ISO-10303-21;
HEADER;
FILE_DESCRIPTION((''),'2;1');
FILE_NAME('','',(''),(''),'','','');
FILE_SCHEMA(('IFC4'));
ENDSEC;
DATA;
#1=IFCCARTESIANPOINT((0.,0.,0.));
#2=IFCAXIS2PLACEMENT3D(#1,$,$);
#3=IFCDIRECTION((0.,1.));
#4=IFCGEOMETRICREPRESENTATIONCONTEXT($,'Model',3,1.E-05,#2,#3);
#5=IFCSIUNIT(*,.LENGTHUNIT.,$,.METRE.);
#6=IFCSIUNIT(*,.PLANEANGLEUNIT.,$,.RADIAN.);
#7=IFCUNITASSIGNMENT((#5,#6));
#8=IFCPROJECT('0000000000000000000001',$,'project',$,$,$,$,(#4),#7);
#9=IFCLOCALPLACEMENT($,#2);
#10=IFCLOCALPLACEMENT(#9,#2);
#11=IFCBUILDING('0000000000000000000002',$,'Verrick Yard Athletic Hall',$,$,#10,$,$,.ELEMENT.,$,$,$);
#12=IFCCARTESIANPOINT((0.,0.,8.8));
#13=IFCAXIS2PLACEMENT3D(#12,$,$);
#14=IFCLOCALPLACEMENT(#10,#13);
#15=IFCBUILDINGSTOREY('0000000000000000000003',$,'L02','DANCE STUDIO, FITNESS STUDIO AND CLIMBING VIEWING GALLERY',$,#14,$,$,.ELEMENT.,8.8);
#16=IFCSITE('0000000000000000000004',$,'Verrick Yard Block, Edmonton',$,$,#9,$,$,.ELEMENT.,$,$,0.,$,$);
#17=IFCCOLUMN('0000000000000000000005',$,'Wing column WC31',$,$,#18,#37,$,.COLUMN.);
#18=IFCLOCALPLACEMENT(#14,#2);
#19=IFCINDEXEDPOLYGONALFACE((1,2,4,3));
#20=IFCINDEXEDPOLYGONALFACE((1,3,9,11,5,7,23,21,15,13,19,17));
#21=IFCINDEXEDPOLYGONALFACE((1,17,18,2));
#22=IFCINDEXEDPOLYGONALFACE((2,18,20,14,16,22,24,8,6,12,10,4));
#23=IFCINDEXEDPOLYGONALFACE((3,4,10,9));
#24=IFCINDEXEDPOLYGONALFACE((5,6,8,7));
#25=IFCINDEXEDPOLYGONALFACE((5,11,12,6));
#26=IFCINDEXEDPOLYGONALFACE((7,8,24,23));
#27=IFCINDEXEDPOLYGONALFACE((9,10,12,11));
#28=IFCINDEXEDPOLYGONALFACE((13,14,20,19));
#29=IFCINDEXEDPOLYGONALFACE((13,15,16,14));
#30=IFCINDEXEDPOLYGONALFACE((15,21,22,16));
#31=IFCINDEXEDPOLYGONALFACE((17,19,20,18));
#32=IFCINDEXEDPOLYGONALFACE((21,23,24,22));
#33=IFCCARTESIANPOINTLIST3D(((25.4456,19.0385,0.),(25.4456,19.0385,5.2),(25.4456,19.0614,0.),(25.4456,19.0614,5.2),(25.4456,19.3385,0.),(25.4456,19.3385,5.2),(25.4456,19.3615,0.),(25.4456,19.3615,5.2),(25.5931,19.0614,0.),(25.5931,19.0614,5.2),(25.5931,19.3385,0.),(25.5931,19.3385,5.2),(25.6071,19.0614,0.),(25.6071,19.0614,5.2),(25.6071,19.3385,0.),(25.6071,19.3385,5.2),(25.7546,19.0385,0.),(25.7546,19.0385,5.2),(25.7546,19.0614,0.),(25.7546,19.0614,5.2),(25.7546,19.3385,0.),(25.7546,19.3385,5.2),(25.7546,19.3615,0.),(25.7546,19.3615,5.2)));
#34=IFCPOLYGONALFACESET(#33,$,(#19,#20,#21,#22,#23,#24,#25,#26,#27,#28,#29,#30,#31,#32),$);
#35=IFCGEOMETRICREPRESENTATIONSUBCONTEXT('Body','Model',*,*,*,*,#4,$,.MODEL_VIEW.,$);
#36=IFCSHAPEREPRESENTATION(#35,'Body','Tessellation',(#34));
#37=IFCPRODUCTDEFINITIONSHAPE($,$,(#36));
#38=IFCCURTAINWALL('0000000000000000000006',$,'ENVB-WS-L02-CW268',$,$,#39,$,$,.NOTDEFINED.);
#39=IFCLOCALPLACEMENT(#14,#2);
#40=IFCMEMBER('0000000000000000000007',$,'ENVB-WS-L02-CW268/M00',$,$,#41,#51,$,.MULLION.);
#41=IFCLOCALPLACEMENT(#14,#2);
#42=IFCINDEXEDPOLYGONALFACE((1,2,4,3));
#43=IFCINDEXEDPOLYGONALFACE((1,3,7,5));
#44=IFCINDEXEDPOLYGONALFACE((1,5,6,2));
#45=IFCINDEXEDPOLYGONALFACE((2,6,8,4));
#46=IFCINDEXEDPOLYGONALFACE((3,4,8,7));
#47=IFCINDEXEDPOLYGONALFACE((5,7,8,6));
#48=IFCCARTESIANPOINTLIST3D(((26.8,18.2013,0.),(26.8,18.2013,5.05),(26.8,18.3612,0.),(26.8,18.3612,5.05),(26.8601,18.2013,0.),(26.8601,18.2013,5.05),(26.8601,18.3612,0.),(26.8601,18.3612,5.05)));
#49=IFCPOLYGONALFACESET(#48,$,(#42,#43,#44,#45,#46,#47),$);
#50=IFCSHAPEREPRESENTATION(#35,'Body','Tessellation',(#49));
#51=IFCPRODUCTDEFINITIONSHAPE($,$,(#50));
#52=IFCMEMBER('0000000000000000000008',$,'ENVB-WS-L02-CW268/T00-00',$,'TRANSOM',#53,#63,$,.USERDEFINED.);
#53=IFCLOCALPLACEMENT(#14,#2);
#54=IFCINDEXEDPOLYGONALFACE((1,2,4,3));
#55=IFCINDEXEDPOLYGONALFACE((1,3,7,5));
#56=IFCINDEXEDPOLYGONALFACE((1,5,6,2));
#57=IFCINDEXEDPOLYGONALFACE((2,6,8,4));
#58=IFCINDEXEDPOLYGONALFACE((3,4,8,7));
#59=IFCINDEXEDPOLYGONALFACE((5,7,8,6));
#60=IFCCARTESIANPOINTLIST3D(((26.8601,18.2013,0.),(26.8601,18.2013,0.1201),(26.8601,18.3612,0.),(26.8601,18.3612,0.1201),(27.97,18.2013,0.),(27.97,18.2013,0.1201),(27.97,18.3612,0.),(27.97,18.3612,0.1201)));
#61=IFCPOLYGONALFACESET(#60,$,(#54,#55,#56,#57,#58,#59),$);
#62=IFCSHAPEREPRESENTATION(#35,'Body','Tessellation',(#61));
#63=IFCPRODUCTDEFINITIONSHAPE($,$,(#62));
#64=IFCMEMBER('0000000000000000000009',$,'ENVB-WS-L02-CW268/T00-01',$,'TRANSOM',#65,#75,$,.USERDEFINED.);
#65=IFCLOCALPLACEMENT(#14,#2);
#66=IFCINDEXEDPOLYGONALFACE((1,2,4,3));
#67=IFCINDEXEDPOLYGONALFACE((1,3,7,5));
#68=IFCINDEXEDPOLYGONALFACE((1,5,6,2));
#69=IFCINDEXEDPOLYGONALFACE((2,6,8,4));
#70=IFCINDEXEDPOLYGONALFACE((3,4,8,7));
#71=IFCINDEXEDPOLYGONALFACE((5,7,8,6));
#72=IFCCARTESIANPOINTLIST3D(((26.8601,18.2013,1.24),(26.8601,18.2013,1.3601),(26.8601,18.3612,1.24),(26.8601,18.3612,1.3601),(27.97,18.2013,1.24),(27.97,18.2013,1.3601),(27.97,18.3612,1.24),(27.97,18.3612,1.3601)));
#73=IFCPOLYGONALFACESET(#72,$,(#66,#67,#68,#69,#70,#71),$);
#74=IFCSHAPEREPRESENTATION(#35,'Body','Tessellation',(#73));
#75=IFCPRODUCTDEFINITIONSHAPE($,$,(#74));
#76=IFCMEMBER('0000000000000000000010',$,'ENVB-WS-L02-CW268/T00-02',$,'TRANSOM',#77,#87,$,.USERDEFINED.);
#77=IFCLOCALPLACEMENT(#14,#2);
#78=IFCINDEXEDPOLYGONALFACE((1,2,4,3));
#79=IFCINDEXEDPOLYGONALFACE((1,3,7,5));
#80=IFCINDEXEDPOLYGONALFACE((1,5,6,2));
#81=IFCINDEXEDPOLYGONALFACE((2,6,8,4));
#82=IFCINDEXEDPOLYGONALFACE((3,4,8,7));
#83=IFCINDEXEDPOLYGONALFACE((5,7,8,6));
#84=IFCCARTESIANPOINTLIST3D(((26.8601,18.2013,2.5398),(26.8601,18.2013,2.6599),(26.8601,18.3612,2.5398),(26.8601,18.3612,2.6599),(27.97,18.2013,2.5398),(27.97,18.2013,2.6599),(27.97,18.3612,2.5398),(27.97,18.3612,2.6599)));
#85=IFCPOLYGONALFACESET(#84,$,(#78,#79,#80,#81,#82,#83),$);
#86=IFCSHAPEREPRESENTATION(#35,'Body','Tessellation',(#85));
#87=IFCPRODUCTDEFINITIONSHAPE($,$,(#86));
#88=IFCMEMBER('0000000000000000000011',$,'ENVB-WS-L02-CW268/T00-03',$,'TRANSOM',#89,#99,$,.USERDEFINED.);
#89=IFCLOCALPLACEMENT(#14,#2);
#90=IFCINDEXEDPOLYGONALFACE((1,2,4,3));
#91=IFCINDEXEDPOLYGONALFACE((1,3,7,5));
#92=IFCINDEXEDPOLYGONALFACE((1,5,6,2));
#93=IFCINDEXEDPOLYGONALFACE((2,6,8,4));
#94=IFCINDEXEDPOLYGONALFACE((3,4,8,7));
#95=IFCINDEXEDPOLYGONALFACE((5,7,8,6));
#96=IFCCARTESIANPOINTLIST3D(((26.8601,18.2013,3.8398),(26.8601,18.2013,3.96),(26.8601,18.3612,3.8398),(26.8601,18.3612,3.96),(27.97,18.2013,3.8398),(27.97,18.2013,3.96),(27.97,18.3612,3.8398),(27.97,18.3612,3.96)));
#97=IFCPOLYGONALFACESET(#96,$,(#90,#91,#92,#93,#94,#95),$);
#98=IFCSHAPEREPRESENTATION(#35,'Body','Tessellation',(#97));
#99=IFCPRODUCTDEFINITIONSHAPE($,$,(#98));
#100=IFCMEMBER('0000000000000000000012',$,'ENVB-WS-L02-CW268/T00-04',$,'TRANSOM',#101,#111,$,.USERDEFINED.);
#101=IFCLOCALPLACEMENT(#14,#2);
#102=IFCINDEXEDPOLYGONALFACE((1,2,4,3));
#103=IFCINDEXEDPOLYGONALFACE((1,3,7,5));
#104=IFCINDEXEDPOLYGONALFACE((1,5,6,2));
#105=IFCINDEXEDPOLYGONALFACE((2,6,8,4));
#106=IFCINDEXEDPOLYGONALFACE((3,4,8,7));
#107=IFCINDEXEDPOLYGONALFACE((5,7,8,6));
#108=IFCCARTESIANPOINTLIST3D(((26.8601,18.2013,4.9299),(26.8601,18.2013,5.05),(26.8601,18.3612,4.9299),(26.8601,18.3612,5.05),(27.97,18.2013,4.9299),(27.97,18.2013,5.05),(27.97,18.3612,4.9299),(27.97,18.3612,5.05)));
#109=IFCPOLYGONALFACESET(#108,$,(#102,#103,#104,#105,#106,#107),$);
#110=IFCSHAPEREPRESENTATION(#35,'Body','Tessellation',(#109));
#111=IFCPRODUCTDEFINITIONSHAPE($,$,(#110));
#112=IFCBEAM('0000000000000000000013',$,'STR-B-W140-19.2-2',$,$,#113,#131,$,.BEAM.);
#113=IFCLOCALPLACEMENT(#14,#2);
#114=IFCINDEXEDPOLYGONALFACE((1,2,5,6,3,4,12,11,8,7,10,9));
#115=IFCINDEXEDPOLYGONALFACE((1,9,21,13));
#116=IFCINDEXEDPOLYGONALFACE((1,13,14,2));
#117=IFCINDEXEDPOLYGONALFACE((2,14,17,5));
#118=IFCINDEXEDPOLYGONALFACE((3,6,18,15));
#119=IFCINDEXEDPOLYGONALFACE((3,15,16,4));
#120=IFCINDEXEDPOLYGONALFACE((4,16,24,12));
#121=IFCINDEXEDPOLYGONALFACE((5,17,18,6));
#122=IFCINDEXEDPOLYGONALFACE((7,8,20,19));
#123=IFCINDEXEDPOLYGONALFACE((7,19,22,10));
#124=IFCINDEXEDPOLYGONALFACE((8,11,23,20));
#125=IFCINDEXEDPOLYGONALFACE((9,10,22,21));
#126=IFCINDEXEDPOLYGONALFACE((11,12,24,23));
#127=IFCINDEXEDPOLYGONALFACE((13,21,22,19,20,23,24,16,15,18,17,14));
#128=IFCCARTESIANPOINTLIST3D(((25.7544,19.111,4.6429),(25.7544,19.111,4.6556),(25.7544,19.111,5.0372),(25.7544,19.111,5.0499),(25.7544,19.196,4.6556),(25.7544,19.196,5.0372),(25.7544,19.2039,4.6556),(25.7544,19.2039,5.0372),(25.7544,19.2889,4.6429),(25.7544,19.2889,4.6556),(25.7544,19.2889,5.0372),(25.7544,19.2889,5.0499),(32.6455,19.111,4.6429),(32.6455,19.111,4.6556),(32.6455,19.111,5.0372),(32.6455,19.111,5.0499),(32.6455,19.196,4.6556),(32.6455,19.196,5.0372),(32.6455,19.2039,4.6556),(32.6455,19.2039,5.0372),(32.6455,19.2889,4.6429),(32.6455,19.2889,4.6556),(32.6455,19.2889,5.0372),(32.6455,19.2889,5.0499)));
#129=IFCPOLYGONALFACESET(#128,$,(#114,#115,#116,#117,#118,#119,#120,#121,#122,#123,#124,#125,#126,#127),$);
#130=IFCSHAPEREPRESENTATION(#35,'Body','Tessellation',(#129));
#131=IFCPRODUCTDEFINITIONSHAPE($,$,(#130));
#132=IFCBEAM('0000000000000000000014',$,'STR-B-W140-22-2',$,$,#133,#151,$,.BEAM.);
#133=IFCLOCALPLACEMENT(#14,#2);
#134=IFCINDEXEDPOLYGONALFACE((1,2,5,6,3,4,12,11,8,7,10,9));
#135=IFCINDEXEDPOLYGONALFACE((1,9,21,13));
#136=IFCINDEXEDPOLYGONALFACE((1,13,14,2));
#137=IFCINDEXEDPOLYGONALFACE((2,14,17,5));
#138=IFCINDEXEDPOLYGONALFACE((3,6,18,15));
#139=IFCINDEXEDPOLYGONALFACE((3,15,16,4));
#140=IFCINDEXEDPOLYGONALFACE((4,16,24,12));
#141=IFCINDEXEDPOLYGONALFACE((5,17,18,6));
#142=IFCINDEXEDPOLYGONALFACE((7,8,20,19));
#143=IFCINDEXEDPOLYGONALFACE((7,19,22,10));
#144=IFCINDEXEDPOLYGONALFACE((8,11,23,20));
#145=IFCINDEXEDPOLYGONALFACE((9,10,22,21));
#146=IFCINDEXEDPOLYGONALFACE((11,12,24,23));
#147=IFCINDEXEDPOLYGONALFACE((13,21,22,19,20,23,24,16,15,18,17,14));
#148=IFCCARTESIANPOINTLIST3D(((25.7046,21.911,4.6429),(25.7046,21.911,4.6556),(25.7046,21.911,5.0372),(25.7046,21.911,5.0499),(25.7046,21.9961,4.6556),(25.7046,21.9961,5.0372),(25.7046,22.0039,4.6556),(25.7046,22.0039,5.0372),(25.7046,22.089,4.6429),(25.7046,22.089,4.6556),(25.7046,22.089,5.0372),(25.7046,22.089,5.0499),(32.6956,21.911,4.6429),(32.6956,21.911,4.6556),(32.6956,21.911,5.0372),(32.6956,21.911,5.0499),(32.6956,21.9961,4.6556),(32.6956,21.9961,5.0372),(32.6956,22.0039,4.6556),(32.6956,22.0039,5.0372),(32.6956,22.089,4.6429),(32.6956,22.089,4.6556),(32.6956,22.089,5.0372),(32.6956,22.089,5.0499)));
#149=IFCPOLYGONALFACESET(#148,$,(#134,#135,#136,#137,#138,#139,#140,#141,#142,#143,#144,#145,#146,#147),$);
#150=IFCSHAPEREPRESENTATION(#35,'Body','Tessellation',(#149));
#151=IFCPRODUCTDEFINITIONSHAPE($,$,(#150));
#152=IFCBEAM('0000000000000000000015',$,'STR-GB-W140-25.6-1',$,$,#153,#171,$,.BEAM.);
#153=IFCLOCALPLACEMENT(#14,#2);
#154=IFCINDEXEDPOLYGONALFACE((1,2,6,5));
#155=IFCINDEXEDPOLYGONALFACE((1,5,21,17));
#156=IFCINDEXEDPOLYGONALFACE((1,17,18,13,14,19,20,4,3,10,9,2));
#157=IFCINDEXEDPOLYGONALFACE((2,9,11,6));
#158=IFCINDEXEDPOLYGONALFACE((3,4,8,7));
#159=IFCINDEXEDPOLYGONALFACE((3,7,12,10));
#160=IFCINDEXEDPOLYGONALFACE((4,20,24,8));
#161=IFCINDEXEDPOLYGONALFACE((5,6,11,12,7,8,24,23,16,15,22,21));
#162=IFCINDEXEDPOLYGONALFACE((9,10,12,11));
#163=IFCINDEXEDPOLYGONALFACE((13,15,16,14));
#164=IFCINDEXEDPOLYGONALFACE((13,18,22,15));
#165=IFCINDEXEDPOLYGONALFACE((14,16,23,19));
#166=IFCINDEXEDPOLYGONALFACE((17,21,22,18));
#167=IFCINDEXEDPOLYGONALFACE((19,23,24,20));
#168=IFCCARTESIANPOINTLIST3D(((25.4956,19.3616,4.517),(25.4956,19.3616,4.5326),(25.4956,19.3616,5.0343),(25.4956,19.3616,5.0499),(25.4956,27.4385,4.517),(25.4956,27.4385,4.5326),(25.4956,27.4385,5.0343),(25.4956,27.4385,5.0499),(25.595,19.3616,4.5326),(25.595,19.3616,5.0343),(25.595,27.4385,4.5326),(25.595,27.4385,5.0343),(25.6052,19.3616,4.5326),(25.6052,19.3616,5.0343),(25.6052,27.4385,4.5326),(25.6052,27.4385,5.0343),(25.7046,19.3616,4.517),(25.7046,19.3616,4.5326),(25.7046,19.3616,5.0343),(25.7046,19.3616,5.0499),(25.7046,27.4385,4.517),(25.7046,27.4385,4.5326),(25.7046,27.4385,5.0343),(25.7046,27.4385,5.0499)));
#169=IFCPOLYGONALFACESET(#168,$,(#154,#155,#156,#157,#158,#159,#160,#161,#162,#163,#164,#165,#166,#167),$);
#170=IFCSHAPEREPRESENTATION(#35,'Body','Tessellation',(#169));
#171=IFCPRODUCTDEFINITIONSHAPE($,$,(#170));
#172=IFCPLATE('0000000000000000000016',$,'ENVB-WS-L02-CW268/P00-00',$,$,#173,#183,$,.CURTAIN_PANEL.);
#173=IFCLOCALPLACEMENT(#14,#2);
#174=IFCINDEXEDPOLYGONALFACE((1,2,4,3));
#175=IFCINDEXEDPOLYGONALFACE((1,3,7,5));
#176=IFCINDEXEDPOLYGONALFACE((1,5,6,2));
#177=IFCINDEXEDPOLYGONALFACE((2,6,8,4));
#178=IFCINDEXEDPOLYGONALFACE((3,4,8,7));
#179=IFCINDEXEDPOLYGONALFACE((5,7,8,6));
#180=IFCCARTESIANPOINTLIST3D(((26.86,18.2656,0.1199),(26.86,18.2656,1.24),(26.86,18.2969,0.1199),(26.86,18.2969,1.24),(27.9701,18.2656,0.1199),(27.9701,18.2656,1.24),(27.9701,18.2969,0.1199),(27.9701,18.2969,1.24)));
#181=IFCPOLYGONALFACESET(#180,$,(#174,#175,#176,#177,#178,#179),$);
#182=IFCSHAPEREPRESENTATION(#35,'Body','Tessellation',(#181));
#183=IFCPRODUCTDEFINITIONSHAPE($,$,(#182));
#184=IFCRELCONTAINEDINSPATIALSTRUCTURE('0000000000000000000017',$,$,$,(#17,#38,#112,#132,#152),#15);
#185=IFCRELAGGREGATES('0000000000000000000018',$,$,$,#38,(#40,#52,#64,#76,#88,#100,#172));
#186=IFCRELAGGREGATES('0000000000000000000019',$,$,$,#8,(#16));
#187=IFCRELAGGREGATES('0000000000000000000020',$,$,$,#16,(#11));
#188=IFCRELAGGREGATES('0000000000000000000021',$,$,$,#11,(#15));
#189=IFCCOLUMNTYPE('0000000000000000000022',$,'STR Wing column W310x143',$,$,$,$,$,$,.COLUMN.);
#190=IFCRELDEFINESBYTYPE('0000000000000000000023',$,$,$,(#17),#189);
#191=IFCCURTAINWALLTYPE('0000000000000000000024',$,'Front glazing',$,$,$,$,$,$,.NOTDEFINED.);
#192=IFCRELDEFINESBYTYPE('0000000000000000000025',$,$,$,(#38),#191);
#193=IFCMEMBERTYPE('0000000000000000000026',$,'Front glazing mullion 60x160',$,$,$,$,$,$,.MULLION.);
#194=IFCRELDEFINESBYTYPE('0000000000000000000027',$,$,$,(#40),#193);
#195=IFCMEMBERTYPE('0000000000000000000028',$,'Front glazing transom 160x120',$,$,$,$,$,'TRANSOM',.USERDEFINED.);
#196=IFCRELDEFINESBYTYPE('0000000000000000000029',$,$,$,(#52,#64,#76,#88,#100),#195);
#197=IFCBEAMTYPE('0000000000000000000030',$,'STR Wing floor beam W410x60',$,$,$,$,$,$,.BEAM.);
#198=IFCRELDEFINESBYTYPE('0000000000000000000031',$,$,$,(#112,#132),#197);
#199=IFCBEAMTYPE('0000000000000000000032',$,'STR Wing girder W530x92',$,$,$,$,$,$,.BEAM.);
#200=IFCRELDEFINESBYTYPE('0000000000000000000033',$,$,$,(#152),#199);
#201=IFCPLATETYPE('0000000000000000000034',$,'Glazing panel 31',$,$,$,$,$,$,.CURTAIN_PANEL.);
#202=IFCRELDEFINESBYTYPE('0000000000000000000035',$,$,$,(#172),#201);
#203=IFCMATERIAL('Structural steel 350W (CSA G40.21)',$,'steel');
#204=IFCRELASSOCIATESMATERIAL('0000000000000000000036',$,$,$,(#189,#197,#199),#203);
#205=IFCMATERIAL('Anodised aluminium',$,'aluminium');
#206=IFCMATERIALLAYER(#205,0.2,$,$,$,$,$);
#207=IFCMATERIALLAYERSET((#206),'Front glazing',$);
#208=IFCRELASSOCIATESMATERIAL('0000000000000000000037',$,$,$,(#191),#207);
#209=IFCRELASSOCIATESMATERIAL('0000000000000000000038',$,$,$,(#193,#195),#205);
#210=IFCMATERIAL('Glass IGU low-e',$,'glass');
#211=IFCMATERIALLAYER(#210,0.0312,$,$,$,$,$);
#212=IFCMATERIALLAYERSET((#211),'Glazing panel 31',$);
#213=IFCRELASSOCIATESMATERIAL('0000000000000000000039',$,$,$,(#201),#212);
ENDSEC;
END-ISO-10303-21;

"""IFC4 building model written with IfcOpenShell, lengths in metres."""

from ifc_helpers import new_model, si_unit, direction, frame, origin, origin_2d, place, context, subcontext, project, spatial, rectangle, i_section, extrude, material, layer, layer_set, material_profile, profile_set, type_object, element, aggregate, save


model = new_model("IFC4")

# Units and contexts
model_context = context("Model", 3, precision=1e-05, world=origin(), true_north=direction((0.0, 1.0)))
body_context = subcontext(model_context, "Body", "Model", "MODEL_VIEW")
ifc_project = project(units=[si_unit("LENGTHUNIT", "METRE"), si_unit("PLANEANGLEUNIT", "RADIAN")], contexts=[model_context])

# Site, building, storey
site_placement = place(None, origin())
site = spatial("IfcSite", under=ifc_project, at=site_placement, Name="Verrick Yard Block, Edmonton", CompositionType="ELEMENT", RefElevation=0.0)
building_placement = place(site_placement, origin())
building = spatial("IfcBuilding", under=site, at=building_placement, Name="Verrick Yard Athletic Hall", CompositionType="ELEMENT")
storey_placement = place(building_placement, frame((0.0, 0.0, 8.8)))
storey = spatial("IfcBuildingStorey", under=building, at=storey_placement, Name="L02", Description="DANCE STUDIO, FITNESS STUDIO AND CLIMBING VIEWING GALLERY", CompositionType="ELEMENT", Elevation=8.8)

# Column
ifc_material_1 = material(Name="Structural steel 350W (CSA G40.21)", Category="steel")
ifc_material_profile_1 = material_profile(ifc_material_1, i_section(OverallWidth=0.3091, OverallDepth=0.323, WebThickness=0.0139, FlangeThickness=0.0229, at=origin_2d()), Name="W310x143")
ifc_profile_set_1 = profile_set([ifc_material_profile_1], Name="Structural steel 350W (CSA G40.21)")
column_type = type_object("IfcColumnType", Name="STR Wing column W310x143", PredefinedType="COLUMN", material=ifc_profile_set_1)
column_placement = place(storey_placement, frame((25.6001, 19.2, 0.0), z_axis=(0.0, 0.0, 1.0), x_axis=(1.0, 0.0, 0.0)))
element("IfcColumn", 1, at=column_placement, inside=storey, type_object=column_type, Name="Wing column WC31", PredefinedType="COLUMN", context=body_context, shape_type="SweptSolid", body=[
    extrude(i_section(OverallWidth=0.3091, OverallDepth=0.323, WebThickness=0.0139, FlangeThickness=0.0229, at=origin_2d()), origin(), (0.0, 0.0, 1.0), 5.2),
])

# Curtain wall, members
ifc_material_2 = material(Name="Anodised aluminium", Category="aluminium")
ifc_layer_1 = layer(ifc_material_2, 0.2)
ifc_layer_set_1 = layer_set([ifc_layer_1], Name="Front glazing")
curtain_wall_type = type_object("IfcCurtainWallType", Name="Front glazing", PredefinedType="NOTDEFINED", material=ifc_layer_set_1)
curtain_wall_placement = place(storey_placement, origin())
curtain_wall = element("IfcCurtainWall", 2, at=curtain_wall_placement, inside=storey, type_object=curtain_wall_type, Name="ENVB-WS-L02-CW268", PredefinedType="NOTDEFINED")
ifc_material_profile_2 = material_profile(ifc_material_2, rectangle(XDim=0.1599, YDim=0.0601, at=origin_2d()), Name="CW mullion 60x160")
ifc_profile_set_2 = profile_set([ifc_material_profile_2], Name="Anodised aluminium")
member_type_1 = type_object("IfcMemberType", Name="Front glazing mullion 60x160", PredefinedType="MULLION", material=ifc_profile_set_2)
member_1_placement = place(storey_placement, frame((26.8301, 18.2812, 0.0), z_axis=(0.0, 0.0, 1.0), x_axis=(0.0, 1.0, 0.0)))
member_1 = element("IfcMember", 3, at=member_1_placement, type_object=member_type_1, Name="ENVB-WS-L02-CW268/M00", PredefinedType="MULLION", context=body_context, shape_type="SweptSolid", body=[
    extrude(rectangle(XDim=0.1599, YDim=0.0601, at=origin_2d()), origin(), (0.0, 0.0, 1.0), 5.05),
])
ifc_material_profile_3 = material_profile(ifc_material_2, rectangle(XDim=0.1599, YDim=0.1201, at=origin_2d()), Name="CW transom 160x120")
ifc_profile_set_3 = profile_set([ifc_material_profile_3], Name="Anodised aluminium")
member_type_2 = type_object("IfcMemberType", Name="Front glazing transom 160x120", ElementType="TRANSOM", PredefinedType="USERDEFINED", material=ifc_profile_set_3)
member_2_placement = place(storey_placement, frame((26.8601, 18.2812, 0.0601), z_axis=(1.0, 0.0, 0.0), x_axis=(0.0, 1.0, 0.0)))
member_2 = element("IfcMember", 4, at=member_2_placement, type_object=member_type_2, Name="ENVB-WS-L02-CW268/T00-00", ObjectType="TRANSOM", PredefinedType="USERDEFINED", context=body_context, shape_type="SweptSolid", body=[
    extrude(rectangle(XDim=0.1599, YDim=0.1201, at=origin_2d()), origin(), (0.0, 0.0, 1.0), 1.1099),
])
member_3_placement = place(storey_placement, frame((26.8601, 18.2812, 1.3), z_axis=(1.0, 0.0, 0.0), x_axis=(0.0, 1.0, 0.0)))
member_3 = element("IfcMember", 5, at=member_3_placement, type_object=member_type_2, Name="ENVB-WS-L02-CW268/T00-01", ObjectType="TRANSOM", PredefinedType="USERDEFINED", context=body_context, shape_type="SweptSolid", body=[
    extrude(rectangle(XDim=0.1599, YDim=0.1201, at=origin_2d()), origin(), (0.0, 0.0, 1.0), 1.1099),
])
member_4_placement = place(storey_placement, frame((26.8601, 18.2812, 2.5999), z_axis=(1.0, 0.0, 0.0), x_axis=(0.0, 1.0, 0.0)))
member_4 = element("IfcMember", 6, at=member_4_placement, type_object=member_type_2, Name="ENVB-WS-L02-CW268/T00-02", ObjectType="TRANSOM", PredefinedType="USERDEFINED", context=body_context, shape_type="SweptSolid", body=[
    extrude(rectangle(XDim=0.1599, YDim=0.1201, at=origin_2d()), origin(), (0.0, 0.0, 1.0), 1.1099),
])
member_5_placement = place(storey_placement, frame((26.8601, 18.2812, 3.8999), z_axis=(1.0, 0.0, 0.0), x_axis=(0.0, 1.0, 0.0)))
member_5 = element("IfcMember", 7, at=member_5_placement, type_object=member_type_2, Name="ENVB-WS-L02-CW268/T00-03", ObjectType="TRANSOM", PredefinedType="USERDEFINED", context=body_context, shape_type="SweptSolid", body=[
    extrude(rectangle(XDim=0.1599, YDim=0.1201, at=origin_2d()), origin(), (0.0, 0.0, 1.0), 1.1099),
])
member_6_placement = place(storey_placement, frame((26.8601, 18.2812, 4.99), z_axis=(1.0, 0.0, 0.0), x_axis=(0.0, 1.0, 0.0)))
member_6 = element("IfcMember", 8, at=member_6_placement, type_object=member_type_2, Name="ENVB-WS-L02-CW268/T00-04", ObjectType="TRANSOM", PredefinedType="USERDEFINED", context=body_context, shape_type="SweptSolid", body=[
    extrude(rectangle(XDim=0.1599, YDim=0.1201, at=origin_2d()), origin(), (0.0, 0.0, 1.0), 1.1099),
])

# Beams
ifc_material_profile_4 = material_profile(ifc_material_1, i_section(OverallWidth=0.178, OverallDepth=0.407, WebThickness=0.0078, FlangeThickness=0.0127, at=origin_2d()), Name="W410x60")
ifc_profile_set_4 = profile_set([ifc_material_profile_4], Name="Structural steel 350W (CSA G40.21)")
beam_type_1 = type_object("IfcBeamType", Name="STR Wing floor beam W410x60", PredefinedType="BEAM", material=ifc_profile_set_4)
beam_1_placement = place(storey_placement, frame((25.7544, 19.2, 4.8464), z_axis=(1.0, 0.0, 0.0), x_axis=(0.0, 1.0, 0.0)))
element("IfcBeam", 9, at=beam_1_placement, inside=storey, type_object=beam_type_1, Name="STR-B-W140-19.2-2", PredefinedType="BEAM", context=body_context, shape_type="SweptSolid", body=[
    extrude(i_section(OverallWidth=0.178, OverallDepth=0.407, WebThickness=0.0078, FlangeThickness=0.0127, at=origin_2d()), origin(), (0.0, 0.0, 1.0), 6.8911),
])
beam_2_placement = place(storey_placement, frame((25.7046, 22.0, 4.8464), z_axis=(1.0, 0.0, 0.0), x_axis=(0.0, 1.0, 0.0)))
element("IfcBeam", 10, at=beam_2_placement, inside=storey, type_object=beam_type_1, Name="STR-B-W140-22-2", PredefinedType="BEAM", context=body_context, shape_type="SweptSolid", body=[
    extrude(i_section(OverallWidth=0.178, OverallDepth=0.407, WebThickness=0.0078, FlangeThickness=0.0127, at=origin_2d()), origin(), (0.0, 0.0, 1.0), 6.991),
])
ifc_material_profile_5 = material_profile(ifc_material_1, i_section(OverallWidth=0.209, OverallDepth=0.533, WebThickness=0.0103, FlangeThickness=0.0156, at=origin_2d()), Name="W530x92")
ifc_profile_set_5 = profile_set([ifc_material_profile_5], Name="Structural steel 350W (CSA G40.21)")
beam_type_2 = type_object("IfcBeamType", Name="STR Wing girder W530x92", PredefinedType="BEAM", material=ifc_profile_set_5)
beam_3_placement = place(storey_placement, frame((25.6001, 19.3616, 4.7834), z_axis=(0.0, 1.0, 0.0), x_axis=(-1.0, 0.0, 0.0)))
element("IfcBeam", 11, at=beam_3_placement, inside=storey, type_object=beam_type_2, Name="STR-GB-W140-25.6-1", PredefinedType="BEAM", context=body_context, shape_type="SweptSolid", body=[
    extrude(i_section(OverallWidth=0.209, OverallDepth=0.533, WebThickness=0.0103, FlangeThickness=0.0156, at=origin_2d()), origin(), (0.0, 0.0, 1.0), 8.0769),
])

# Plate
ifc_material_3 = material(Name="Glass IGU low-e", Category="glass")
ifc_layer_2 = layer(ifc_material_3, 0.0312)
ifc_layer_set_2 = layer_set([ifc_layer_2], Name="Glazing panel 31")
plate_type = type_object("IfcPlateType", Name="Glazing panel 31", PredefinedType="CURTAIN_PANEL", material=ifc_layer_set_2)
plate_1_placement = place(storey_placement, frame((27.415, 18.2812, 0.1199), z_axis=(0.0, 0.0, 1.0), x_axis=(1.0, 0.0, 0.0)))
plate_1 = element("IfcPlate", 12, at=plate_1_placement, type_object=plate_type, Name="ENVB-WS-L02-CW268/P00-00", PredefinedType="CURTAIN_PANEL", context=body_context, shape_type="SweptSolid", body=[
    extrude(rectangle(XDim=1.1101, YDim=0.0312, at=origin_2d()), origin(), (0.0, 0.0, 1.0), 1.1201),
])
aggregate(curtain_wall, [member_1, member_2, member_3, member_4, member_5, member_6, plate_1])

save(model, "model.ifc")
